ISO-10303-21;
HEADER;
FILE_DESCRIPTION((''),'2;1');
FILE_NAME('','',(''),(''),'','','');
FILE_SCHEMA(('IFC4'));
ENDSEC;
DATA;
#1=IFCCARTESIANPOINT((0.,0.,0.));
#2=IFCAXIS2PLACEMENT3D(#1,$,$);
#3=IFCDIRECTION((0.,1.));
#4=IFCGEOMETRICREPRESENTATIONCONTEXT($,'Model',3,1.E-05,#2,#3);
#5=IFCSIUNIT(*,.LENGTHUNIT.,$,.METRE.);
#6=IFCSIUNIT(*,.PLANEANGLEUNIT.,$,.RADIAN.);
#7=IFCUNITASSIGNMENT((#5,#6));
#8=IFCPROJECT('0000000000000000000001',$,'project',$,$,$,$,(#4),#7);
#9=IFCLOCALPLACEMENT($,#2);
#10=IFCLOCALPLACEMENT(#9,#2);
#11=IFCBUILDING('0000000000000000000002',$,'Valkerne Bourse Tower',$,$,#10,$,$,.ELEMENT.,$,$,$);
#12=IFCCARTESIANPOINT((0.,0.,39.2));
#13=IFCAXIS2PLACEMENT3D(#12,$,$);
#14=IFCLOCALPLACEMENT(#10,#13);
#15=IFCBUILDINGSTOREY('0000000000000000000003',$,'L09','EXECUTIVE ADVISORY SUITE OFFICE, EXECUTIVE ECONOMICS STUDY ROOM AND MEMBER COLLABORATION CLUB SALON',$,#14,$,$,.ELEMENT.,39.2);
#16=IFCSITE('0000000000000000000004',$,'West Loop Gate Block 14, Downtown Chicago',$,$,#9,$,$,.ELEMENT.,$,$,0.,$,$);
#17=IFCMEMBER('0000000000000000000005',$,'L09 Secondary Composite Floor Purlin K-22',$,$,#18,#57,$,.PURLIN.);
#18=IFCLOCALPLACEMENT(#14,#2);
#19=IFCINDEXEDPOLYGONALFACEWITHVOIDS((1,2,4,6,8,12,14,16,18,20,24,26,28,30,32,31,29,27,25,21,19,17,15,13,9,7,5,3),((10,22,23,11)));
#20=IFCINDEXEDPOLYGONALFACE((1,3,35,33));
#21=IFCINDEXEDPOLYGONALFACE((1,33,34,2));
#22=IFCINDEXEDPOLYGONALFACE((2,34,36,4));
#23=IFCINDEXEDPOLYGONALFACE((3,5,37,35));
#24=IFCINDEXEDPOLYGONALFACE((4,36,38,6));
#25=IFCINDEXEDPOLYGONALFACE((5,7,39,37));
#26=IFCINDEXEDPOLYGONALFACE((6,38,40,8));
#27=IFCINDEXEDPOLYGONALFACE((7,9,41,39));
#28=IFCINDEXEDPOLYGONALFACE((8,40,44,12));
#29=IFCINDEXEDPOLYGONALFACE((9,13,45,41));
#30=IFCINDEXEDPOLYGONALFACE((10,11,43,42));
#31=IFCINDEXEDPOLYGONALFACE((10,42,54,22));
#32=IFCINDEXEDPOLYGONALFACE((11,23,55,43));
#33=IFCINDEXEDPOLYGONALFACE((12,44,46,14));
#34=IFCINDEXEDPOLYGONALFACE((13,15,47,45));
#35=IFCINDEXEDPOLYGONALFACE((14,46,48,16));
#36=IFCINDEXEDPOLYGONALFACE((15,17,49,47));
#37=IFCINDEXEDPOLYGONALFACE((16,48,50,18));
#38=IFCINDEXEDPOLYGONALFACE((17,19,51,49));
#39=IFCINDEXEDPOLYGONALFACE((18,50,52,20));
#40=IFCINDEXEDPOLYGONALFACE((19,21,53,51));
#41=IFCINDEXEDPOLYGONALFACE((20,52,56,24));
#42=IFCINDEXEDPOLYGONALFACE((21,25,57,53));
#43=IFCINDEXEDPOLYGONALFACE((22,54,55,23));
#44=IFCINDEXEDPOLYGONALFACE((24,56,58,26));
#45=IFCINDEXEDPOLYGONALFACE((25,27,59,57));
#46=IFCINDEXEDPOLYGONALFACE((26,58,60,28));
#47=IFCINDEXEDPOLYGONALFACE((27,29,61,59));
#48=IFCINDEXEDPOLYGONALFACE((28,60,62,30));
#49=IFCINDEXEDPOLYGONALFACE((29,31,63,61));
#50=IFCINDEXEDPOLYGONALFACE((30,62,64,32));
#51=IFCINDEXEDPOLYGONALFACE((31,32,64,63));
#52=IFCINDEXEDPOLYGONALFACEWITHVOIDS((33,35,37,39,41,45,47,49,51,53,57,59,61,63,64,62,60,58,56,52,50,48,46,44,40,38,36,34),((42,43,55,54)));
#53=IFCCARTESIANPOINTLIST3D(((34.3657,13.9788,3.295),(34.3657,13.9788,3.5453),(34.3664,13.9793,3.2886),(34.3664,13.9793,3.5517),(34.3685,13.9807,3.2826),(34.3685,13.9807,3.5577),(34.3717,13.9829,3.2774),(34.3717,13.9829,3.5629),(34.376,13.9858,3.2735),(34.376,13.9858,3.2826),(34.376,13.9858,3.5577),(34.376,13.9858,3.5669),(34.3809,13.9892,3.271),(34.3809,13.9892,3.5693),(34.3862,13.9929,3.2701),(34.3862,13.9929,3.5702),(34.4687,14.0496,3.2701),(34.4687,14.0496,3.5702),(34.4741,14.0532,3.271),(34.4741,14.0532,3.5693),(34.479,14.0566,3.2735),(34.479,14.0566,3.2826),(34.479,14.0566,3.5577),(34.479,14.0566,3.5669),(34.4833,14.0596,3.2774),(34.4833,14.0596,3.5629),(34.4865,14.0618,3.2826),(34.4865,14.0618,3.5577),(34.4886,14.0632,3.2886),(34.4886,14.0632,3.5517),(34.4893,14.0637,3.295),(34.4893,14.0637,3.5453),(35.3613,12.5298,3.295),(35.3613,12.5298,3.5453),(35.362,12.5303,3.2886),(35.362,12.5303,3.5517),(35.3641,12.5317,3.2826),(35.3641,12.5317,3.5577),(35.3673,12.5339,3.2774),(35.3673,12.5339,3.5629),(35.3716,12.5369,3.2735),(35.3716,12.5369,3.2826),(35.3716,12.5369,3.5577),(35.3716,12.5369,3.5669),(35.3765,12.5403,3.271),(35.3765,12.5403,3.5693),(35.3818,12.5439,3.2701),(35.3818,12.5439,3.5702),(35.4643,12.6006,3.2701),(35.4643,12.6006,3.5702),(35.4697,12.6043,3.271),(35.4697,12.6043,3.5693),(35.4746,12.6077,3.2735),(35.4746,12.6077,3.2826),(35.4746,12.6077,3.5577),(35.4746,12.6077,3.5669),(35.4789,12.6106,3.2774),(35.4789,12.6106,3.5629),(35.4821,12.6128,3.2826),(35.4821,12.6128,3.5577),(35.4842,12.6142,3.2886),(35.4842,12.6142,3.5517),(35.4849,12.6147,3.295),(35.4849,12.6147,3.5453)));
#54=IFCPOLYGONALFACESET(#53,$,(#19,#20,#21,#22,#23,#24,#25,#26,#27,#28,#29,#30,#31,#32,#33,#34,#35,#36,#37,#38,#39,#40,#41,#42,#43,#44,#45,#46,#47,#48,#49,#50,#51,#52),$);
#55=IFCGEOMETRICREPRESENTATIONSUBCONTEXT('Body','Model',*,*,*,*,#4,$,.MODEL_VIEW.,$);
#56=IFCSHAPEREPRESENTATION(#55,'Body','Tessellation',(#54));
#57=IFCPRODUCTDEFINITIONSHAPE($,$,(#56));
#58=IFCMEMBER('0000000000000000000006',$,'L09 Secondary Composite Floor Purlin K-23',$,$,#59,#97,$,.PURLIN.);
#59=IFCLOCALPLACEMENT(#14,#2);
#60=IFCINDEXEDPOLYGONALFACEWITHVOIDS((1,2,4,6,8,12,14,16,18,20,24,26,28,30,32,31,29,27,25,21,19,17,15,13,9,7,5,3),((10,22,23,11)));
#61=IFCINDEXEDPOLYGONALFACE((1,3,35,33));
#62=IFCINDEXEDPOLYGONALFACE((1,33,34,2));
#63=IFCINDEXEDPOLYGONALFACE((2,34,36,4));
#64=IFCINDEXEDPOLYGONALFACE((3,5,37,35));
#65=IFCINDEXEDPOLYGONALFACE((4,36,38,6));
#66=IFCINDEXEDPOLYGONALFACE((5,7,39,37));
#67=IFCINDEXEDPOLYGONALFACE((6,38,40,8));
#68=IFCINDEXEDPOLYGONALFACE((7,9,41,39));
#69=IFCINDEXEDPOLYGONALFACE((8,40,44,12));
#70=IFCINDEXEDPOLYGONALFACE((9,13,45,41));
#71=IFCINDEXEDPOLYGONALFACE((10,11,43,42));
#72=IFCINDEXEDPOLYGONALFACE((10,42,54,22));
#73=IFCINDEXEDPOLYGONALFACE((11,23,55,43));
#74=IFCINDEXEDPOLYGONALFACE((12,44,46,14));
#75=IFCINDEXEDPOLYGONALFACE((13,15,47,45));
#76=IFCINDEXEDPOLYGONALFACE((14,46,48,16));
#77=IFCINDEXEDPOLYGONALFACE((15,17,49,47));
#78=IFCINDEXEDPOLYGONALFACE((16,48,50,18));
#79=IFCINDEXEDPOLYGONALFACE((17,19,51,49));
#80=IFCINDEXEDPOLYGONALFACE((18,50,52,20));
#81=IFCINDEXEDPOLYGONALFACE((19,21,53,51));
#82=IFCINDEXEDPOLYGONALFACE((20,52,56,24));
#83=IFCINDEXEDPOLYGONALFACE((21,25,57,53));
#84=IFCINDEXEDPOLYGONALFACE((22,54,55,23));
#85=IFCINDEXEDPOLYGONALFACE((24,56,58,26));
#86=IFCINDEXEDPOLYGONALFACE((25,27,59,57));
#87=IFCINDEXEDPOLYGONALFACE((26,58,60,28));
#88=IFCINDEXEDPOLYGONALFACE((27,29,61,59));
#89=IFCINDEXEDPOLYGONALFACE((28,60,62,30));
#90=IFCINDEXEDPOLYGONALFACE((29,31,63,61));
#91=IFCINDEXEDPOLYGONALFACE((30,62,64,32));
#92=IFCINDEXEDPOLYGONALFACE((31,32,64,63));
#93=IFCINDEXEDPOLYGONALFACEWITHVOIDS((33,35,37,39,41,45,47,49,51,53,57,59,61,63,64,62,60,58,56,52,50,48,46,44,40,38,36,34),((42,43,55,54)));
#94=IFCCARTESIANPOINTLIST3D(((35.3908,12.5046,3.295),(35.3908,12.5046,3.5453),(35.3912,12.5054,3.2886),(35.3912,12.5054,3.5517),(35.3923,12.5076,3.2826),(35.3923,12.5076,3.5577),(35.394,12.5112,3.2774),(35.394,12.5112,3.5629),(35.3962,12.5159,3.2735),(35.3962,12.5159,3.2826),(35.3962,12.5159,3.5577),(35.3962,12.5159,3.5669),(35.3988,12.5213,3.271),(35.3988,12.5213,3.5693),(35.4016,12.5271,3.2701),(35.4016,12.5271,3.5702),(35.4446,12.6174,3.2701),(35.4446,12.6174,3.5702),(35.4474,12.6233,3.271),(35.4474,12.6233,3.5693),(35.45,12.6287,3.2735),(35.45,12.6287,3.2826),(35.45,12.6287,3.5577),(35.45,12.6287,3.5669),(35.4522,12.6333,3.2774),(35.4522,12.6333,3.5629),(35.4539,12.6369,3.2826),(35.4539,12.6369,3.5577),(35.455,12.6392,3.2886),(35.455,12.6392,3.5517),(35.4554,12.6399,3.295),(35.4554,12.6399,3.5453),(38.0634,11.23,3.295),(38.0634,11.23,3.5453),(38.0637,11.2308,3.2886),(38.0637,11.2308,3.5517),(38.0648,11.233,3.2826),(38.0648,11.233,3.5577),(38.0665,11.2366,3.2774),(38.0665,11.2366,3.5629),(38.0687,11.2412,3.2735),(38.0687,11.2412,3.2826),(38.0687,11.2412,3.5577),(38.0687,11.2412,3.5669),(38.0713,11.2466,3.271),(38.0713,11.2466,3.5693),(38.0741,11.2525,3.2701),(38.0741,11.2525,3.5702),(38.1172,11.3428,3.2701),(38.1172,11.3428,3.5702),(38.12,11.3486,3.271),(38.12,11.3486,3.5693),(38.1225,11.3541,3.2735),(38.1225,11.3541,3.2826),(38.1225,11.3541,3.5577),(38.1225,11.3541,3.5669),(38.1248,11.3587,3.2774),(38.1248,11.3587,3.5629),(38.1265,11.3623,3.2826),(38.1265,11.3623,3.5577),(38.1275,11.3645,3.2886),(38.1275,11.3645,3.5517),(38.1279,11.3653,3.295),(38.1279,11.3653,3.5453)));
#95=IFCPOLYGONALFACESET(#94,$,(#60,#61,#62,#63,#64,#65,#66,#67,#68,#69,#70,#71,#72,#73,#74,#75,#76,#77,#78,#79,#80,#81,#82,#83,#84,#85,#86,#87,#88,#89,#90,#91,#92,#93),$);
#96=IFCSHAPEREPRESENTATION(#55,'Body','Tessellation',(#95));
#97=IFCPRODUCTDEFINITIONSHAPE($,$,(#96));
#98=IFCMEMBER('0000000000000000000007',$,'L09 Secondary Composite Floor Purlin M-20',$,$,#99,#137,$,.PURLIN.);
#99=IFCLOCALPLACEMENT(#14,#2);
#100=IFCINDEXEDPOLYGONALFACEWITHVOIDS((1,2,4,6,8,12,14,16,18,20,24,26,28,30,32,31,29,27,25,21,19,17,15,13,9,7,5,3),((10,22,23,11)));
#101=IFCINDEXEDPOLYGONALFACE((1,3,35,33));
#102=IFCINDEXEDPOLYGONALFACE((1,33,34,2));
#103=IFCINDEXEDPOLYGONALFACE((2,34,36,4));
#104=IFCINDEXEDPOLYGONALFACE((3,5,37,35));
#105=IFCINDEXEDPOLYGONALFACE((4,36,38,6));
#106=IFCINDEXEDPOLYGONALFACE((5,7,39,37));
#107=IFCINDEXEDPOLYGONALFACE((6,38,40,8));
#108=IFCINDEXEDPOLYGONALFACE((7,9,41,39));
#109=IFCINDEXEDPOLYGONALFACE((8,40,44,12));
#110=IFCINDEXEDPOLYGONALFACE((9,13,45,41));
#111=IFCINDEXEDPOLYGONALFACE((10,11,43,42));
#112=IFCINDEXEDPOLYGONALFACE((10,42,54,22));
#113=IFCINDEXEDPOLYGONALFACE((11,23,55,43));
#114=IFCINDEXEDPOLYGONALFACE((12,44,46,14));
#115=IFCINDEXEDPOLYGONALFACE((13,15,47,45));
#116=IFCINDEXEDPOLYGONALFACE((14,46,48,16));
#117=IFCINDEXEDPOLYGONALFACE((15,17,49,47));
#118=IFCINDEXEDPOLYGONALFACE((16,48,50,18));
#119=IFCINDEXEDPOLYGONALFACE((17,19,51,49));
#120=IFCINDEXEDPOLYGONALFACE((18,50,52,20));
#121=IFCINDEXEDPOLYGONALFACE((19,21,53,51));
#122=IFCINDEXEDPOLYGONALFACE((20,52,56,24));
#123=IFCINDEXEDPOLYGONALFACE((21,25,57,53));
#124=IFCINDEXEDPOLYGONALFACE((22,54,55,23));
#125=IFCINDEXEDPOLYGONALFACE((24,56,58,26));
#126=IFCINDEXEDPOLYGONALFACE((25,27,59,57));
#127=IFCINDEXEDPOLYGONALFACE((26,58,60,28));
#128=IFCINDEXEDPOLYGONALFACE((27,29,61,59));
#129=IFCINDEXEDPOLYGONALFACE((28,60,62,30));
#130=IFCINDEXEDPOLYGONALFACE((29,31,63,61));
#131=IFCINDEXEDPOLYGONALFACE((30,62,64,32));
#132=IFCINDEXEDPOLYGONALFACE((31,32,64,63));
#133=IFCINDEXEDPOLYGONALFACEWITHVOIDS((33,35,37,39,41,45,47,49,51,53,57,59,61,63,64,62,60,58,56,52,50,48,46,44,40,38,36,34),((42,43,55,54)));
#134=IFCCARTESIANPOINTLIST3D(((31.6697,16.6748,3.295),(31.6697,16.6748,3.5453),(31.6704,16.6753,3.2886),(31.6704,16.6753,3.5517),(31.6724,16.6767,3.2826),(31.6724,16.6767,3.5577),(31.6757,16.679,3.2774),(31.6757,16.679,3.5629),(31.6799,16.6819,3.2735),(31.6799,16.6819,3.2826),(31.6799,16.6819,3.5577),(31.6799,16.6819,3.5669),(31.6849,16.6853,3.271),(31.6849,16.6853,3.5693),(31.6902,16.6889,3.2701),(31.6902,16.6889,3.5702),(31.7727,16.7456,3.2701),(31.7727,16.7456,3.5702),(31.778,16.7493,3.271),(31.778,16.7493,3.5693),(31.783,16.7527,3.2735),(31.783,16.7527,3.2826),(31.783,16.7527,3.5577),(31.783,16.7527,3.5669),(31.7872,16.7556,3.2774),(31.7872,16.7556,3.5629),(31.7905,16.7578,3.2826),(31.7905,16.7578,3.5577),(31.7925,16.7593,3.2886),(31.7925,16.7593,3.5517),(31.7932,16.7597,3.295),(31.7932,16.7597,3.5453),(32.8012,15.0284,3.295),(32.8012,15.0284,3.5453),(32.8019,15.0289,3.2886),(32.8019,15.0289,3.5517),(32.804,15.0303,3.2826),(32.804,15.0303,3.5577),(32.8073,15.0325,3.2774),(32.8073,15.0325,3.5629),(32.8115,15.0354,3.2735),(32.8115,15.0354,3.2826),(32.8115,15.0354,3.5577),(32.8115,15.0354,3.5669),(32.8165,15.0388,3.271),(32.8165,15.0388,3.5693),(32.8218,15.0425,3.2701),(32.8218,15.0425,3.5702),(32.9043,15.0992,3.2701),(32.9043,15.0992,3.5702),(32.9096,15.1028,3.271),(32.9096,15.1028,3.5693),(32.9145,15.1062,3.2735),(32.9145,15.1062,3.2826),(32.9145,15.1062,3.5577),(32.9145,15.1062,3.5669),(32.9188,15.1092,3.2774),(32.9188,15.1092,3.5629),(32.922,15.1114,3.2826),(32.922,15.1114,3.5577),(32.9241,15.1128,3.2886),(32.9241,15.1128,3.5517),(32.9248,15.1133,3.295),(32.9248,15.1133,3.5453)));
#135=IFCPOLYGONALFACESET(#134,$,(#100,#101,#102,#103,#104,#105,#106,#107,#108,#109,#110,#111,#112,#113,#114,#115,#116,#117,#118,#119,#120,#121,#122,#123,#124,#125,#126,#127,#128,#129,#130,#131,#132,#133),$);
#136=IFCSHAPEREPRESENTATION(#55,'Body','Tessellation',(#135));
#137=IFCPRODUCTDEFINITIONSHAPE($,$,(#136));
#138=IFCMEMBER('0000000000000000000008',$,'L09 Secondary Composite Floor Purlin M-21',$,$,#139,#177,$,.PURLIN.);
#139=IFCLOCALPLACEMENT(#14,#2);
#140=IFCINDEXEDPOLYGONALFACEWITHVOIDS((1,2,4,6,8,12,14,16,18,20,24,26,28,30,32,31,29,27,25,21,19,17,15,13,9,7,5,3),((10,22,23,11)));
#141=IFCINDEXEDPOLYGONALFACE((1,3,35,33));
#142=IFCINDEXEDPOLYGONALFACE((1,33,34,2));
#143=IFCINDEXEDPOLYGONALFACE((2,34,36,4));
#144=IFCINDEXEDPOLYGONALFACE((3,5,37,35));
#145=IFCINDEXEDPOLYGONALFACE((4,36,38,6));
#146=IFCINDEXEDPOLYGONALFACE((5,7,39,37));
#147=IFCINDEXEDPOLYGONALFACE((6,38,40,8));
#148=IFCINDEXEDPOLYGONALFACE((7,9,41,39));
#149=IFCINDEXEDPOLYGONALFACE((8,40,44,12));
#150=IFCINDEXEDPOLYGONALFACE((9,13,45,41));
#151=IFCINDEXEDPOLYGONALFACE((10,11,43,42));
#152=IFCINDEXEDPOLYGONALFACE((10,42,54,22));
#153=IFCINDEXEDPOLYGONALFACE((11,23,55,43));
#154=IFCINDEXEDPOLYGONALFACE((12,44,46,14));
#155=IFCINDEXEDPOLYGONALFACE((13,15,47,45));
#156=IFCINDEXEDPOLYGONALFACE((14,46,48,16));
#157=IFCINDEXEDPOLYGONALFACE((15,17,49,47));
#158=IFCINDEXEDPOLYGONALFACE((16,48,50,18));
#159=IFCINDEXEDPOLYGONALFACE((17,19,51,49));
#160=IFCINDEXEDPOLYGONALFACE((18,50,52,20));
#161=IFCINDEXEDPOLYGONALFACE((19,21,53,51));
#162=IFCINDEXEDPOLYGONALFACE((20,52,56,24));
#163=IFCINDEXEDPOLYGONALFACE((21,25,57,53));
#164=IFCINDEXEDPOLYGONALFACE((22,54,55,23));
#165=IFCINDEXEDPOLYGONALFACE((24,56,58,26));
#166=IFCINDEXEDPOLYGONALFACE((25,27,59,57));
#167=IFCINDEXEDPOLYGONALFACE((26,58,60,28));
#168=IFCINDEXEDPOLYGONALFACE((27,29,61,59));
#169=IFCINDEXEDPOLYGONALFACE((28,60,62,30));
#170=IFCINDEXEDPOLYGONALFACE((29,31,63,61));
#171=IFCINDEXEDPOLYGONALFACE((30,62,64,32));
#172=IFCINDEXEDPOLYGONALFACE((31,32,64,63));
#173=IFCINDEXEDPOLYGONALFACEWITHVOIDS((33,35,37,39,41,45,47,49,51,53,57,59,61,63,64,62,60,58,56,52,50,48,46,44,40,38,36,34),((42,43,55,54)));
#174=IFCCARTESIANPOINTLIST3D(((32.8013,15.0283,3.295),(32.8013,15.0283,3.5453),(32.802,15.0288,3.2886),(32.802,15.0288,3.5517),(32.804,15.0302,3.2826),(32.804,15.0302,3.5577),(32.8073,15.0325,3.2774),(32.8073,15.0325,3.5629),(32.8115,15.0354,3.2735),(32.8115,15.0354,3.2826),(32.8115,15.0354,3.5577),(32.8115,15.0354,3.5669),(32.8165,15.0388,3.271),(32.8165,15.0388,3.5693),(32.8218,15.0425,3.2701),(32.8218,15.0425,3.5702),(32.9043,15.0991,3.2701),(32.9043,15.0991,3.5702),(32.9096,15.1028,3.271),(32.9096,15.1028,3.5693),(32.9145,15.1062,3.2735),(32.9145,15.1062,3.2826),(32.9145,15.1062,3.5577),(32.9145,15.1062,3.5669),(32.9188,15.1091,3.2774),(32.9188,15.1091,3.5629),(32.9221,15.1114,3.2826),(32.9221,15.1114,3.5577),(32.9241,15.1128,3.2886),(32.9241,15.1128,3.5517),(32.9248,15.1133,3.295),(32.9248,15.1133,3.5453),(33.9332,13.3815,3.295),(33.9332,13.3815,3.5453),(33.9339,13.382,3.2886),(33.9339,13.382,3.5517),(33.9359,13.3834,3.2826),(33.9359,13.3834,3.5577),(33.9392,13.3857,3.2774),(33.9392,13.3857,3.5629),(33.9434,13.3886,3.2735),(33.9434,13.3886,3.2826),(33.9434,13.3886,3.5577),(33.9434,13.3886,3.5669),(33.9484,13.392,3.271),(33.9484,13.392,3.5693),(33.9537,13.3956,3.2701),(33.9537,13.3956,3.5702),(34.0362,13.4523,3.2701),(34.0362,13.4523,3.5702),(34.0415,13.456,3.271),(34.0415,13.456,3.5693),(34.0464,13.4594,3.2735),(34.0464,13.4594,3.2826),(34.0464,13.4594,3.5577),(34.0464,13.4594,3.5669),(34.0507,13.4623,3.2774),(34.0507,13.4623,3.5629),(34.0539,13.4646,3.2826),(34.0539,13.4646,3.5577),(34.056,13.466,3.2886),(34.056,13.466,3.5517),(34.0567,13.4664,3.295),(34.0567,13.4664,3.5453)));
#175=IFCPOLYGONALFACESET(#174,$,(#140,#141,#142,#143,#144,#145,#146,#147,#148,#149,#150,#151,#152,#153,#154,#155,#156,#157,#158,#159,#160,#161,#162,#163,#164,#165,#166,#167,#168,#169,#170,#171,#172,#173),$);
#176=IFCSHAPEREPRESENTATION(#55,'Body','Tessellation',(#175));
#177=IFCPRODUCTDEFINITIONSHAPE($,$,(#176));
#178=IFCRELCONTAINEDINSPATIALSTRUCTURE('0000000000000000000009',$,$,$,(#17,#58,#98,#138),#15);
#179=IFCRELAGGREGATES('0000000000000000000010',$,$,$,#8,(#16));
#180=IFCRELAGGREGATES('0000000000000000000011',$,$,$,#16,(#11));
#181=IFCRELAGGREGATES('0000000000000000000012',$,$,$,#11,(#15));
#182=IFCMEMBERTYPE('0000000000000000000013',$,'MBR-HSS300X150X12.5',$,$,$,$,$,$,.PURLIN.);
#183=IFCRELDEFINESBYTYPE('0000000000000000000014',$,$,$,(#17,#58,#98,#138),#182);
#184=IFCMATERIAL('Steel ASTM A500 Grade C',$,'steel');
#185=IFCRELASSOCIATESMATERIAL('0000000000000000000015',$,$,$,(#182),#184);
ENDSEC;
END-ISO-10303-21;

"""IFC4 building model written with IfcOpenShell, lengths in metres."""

from ifc_helpers import new_model, si_unit, direction, frame, origin, origin_2d, place, context, subcontext, project, spatial, hollow_rectangle, extrude, material, material_profile, profile_set, type_object, element, save


model = new_model("IFC4")

# Units and contexts
model_context = context("Model", 3, precision=1e-05, world=origin(), true_north=direction((0.0, 1.0)))
body_context = subcontext(model_context, "Body", "Model", "MODEL_VIEW")
ifc_project = project(units=[si_unit("LENGTHUNIT", "METRE"), si_unit("PLANEANGLEUNIT", "RADIAN")], contexts=[model_context])

# Site, building, storey
site_placement = place(None, origin())
site = spatial("IfcSite", under=ifc_project, at=site_placement, Name="West Loop Gate Block 14, Downtown Chicago", CompositionType="ELEMENT", RefElevation=0.0)
building_placement = place(site_placement, origin())
building = spatial("IfcBuilding", under=site, at=building_placement, Name="Valkerne Bourse Tower", CompositionType="ELEMENT")
storey_placement = place(building_placement, frame((0.0, 0.0, 39.2)))
storey = spatial("IfcBuildingStorey", under=building, at=storey_placement, Name="L09", Description="EXECUTIVE ADVISORY SUITE OFFICE, EXECUTIVE ECONOMICS STUDY ROOM AND MEMBER COLLABORATION CLUB SALON", CompositionType="ELEMENT", Elevation=39.2)

# Members
ifc_material_1 = material(Name="Steel ASTM A500 Grade C", Category="steel")
ifc_material_profile_1 = material_profile(ifc_material_1, hollow_rectangle(XDim=0.1499, YDim=0.3, WallThickness=0.0125, OuterFilletRadius=0.0249, at=origin_2d()), Name="HSS300X150X12.5")
ifc_profile_set_1 = profile_set([ifc_material_profile_1], Name="Steel ASTM A500 Grade C")
member_type_1 = type_object("IfcMemberType", Name="MBR-HSS300X150X12.5", PredefinedType="PURLIN", material=ifc_profile_set_1)
member_1_placement = place(storey_placement, frame((34.4275, 14.0212, 3.4202), z_axis=(0.566311, -0.824192, 0.0), x_axis=(0.824192, 0.566311, 0.0)))
element("IfcMember", 1, at=member_1_placement, inside=storey, type_object=member_type_1, Name="L09 Secondary Composite Floor Purlin K-22", PredefinedType="PURLIN", context=body_context, shape_type="SweptSolid", body=[
    extrude(hollow_rectangle(XDim=0.1499, YDim=0.3, WallThickness=0.0125, OuterFilletRadius=0.0249, at=origin_2d()), origin(), (0.0, 0.0, 1.0), 1.7581),
])
member_2_placement = place(storey_placement, frame((35.4231, 12.5723, 3.4202), z_axis=(0.9026, -0.430481, 0.0), x_axis=(0.430481, 0.9026, 0.0)))
element("IfcMember", 2, at=member_2_placement, inside=storey, type_object=member_type_1, Name="L09 Secondary Composite Floor Purlin K-23", PredefinedType="PURLIN", context=body_context, shape_type="SweptSolid", body=[
    extrude(hollow_rectangle(XDim=0.1499, YDim=0.3, WallThickness=0.0125, OuterFilletRadius=0.0249, at=origin_2d()), origin(), (0.0, 0.0, 1.0), 2.9609),
])
member_3_placement = place(storey_placement, frame((31.7314, 16.7173, 3.4202), z_axis=(0.566404, -0.824127, 0.0), x_axis=(0.824127, 0.566404, 0.0)))
element("IfcMember", 3, at=member_3_placement, inside=storey, type_object=member_type_1, Name="L09 Secondary Composite Floor Purlin M-20", PredefinedType="PURLIN", context=body_context, shape_type="SweptSolid", body=[
    extrude(hollow_rectangle(XDim=0.1499, YDim=0.3, WallThickness=0.0125, OuterFilletRadius=0.0249, at=origin_2d()), origin(), (0.0, 0.0, 1.0), 1.9978),
])
member_4_placement = place(storey_placement, frame((32.863, 15.0708, 3.4202), z_axis=(0.56643, -0.82411, 0.0), x_axis=(0.82411, 0.56643, 0.0)))
element("IfcMember", 4, at=member_4_placement, inside=storey, type_object=member_type_1, Name="L09 Secondary Composite Floor Purlin M-21", PredefinedType="PURLIN", context=body_context, shape_type="SweptSolid", body=[
    extrude(hollow_rectangle(XDim=0.1499, YDim=0.3, WallThickness=0.0125, OuterFilletRadius=0.0249, at=origin_2d()), origin(), (0.0, 0.0, 1.0), 1.9983),
])

save(model, "model.ifc")
